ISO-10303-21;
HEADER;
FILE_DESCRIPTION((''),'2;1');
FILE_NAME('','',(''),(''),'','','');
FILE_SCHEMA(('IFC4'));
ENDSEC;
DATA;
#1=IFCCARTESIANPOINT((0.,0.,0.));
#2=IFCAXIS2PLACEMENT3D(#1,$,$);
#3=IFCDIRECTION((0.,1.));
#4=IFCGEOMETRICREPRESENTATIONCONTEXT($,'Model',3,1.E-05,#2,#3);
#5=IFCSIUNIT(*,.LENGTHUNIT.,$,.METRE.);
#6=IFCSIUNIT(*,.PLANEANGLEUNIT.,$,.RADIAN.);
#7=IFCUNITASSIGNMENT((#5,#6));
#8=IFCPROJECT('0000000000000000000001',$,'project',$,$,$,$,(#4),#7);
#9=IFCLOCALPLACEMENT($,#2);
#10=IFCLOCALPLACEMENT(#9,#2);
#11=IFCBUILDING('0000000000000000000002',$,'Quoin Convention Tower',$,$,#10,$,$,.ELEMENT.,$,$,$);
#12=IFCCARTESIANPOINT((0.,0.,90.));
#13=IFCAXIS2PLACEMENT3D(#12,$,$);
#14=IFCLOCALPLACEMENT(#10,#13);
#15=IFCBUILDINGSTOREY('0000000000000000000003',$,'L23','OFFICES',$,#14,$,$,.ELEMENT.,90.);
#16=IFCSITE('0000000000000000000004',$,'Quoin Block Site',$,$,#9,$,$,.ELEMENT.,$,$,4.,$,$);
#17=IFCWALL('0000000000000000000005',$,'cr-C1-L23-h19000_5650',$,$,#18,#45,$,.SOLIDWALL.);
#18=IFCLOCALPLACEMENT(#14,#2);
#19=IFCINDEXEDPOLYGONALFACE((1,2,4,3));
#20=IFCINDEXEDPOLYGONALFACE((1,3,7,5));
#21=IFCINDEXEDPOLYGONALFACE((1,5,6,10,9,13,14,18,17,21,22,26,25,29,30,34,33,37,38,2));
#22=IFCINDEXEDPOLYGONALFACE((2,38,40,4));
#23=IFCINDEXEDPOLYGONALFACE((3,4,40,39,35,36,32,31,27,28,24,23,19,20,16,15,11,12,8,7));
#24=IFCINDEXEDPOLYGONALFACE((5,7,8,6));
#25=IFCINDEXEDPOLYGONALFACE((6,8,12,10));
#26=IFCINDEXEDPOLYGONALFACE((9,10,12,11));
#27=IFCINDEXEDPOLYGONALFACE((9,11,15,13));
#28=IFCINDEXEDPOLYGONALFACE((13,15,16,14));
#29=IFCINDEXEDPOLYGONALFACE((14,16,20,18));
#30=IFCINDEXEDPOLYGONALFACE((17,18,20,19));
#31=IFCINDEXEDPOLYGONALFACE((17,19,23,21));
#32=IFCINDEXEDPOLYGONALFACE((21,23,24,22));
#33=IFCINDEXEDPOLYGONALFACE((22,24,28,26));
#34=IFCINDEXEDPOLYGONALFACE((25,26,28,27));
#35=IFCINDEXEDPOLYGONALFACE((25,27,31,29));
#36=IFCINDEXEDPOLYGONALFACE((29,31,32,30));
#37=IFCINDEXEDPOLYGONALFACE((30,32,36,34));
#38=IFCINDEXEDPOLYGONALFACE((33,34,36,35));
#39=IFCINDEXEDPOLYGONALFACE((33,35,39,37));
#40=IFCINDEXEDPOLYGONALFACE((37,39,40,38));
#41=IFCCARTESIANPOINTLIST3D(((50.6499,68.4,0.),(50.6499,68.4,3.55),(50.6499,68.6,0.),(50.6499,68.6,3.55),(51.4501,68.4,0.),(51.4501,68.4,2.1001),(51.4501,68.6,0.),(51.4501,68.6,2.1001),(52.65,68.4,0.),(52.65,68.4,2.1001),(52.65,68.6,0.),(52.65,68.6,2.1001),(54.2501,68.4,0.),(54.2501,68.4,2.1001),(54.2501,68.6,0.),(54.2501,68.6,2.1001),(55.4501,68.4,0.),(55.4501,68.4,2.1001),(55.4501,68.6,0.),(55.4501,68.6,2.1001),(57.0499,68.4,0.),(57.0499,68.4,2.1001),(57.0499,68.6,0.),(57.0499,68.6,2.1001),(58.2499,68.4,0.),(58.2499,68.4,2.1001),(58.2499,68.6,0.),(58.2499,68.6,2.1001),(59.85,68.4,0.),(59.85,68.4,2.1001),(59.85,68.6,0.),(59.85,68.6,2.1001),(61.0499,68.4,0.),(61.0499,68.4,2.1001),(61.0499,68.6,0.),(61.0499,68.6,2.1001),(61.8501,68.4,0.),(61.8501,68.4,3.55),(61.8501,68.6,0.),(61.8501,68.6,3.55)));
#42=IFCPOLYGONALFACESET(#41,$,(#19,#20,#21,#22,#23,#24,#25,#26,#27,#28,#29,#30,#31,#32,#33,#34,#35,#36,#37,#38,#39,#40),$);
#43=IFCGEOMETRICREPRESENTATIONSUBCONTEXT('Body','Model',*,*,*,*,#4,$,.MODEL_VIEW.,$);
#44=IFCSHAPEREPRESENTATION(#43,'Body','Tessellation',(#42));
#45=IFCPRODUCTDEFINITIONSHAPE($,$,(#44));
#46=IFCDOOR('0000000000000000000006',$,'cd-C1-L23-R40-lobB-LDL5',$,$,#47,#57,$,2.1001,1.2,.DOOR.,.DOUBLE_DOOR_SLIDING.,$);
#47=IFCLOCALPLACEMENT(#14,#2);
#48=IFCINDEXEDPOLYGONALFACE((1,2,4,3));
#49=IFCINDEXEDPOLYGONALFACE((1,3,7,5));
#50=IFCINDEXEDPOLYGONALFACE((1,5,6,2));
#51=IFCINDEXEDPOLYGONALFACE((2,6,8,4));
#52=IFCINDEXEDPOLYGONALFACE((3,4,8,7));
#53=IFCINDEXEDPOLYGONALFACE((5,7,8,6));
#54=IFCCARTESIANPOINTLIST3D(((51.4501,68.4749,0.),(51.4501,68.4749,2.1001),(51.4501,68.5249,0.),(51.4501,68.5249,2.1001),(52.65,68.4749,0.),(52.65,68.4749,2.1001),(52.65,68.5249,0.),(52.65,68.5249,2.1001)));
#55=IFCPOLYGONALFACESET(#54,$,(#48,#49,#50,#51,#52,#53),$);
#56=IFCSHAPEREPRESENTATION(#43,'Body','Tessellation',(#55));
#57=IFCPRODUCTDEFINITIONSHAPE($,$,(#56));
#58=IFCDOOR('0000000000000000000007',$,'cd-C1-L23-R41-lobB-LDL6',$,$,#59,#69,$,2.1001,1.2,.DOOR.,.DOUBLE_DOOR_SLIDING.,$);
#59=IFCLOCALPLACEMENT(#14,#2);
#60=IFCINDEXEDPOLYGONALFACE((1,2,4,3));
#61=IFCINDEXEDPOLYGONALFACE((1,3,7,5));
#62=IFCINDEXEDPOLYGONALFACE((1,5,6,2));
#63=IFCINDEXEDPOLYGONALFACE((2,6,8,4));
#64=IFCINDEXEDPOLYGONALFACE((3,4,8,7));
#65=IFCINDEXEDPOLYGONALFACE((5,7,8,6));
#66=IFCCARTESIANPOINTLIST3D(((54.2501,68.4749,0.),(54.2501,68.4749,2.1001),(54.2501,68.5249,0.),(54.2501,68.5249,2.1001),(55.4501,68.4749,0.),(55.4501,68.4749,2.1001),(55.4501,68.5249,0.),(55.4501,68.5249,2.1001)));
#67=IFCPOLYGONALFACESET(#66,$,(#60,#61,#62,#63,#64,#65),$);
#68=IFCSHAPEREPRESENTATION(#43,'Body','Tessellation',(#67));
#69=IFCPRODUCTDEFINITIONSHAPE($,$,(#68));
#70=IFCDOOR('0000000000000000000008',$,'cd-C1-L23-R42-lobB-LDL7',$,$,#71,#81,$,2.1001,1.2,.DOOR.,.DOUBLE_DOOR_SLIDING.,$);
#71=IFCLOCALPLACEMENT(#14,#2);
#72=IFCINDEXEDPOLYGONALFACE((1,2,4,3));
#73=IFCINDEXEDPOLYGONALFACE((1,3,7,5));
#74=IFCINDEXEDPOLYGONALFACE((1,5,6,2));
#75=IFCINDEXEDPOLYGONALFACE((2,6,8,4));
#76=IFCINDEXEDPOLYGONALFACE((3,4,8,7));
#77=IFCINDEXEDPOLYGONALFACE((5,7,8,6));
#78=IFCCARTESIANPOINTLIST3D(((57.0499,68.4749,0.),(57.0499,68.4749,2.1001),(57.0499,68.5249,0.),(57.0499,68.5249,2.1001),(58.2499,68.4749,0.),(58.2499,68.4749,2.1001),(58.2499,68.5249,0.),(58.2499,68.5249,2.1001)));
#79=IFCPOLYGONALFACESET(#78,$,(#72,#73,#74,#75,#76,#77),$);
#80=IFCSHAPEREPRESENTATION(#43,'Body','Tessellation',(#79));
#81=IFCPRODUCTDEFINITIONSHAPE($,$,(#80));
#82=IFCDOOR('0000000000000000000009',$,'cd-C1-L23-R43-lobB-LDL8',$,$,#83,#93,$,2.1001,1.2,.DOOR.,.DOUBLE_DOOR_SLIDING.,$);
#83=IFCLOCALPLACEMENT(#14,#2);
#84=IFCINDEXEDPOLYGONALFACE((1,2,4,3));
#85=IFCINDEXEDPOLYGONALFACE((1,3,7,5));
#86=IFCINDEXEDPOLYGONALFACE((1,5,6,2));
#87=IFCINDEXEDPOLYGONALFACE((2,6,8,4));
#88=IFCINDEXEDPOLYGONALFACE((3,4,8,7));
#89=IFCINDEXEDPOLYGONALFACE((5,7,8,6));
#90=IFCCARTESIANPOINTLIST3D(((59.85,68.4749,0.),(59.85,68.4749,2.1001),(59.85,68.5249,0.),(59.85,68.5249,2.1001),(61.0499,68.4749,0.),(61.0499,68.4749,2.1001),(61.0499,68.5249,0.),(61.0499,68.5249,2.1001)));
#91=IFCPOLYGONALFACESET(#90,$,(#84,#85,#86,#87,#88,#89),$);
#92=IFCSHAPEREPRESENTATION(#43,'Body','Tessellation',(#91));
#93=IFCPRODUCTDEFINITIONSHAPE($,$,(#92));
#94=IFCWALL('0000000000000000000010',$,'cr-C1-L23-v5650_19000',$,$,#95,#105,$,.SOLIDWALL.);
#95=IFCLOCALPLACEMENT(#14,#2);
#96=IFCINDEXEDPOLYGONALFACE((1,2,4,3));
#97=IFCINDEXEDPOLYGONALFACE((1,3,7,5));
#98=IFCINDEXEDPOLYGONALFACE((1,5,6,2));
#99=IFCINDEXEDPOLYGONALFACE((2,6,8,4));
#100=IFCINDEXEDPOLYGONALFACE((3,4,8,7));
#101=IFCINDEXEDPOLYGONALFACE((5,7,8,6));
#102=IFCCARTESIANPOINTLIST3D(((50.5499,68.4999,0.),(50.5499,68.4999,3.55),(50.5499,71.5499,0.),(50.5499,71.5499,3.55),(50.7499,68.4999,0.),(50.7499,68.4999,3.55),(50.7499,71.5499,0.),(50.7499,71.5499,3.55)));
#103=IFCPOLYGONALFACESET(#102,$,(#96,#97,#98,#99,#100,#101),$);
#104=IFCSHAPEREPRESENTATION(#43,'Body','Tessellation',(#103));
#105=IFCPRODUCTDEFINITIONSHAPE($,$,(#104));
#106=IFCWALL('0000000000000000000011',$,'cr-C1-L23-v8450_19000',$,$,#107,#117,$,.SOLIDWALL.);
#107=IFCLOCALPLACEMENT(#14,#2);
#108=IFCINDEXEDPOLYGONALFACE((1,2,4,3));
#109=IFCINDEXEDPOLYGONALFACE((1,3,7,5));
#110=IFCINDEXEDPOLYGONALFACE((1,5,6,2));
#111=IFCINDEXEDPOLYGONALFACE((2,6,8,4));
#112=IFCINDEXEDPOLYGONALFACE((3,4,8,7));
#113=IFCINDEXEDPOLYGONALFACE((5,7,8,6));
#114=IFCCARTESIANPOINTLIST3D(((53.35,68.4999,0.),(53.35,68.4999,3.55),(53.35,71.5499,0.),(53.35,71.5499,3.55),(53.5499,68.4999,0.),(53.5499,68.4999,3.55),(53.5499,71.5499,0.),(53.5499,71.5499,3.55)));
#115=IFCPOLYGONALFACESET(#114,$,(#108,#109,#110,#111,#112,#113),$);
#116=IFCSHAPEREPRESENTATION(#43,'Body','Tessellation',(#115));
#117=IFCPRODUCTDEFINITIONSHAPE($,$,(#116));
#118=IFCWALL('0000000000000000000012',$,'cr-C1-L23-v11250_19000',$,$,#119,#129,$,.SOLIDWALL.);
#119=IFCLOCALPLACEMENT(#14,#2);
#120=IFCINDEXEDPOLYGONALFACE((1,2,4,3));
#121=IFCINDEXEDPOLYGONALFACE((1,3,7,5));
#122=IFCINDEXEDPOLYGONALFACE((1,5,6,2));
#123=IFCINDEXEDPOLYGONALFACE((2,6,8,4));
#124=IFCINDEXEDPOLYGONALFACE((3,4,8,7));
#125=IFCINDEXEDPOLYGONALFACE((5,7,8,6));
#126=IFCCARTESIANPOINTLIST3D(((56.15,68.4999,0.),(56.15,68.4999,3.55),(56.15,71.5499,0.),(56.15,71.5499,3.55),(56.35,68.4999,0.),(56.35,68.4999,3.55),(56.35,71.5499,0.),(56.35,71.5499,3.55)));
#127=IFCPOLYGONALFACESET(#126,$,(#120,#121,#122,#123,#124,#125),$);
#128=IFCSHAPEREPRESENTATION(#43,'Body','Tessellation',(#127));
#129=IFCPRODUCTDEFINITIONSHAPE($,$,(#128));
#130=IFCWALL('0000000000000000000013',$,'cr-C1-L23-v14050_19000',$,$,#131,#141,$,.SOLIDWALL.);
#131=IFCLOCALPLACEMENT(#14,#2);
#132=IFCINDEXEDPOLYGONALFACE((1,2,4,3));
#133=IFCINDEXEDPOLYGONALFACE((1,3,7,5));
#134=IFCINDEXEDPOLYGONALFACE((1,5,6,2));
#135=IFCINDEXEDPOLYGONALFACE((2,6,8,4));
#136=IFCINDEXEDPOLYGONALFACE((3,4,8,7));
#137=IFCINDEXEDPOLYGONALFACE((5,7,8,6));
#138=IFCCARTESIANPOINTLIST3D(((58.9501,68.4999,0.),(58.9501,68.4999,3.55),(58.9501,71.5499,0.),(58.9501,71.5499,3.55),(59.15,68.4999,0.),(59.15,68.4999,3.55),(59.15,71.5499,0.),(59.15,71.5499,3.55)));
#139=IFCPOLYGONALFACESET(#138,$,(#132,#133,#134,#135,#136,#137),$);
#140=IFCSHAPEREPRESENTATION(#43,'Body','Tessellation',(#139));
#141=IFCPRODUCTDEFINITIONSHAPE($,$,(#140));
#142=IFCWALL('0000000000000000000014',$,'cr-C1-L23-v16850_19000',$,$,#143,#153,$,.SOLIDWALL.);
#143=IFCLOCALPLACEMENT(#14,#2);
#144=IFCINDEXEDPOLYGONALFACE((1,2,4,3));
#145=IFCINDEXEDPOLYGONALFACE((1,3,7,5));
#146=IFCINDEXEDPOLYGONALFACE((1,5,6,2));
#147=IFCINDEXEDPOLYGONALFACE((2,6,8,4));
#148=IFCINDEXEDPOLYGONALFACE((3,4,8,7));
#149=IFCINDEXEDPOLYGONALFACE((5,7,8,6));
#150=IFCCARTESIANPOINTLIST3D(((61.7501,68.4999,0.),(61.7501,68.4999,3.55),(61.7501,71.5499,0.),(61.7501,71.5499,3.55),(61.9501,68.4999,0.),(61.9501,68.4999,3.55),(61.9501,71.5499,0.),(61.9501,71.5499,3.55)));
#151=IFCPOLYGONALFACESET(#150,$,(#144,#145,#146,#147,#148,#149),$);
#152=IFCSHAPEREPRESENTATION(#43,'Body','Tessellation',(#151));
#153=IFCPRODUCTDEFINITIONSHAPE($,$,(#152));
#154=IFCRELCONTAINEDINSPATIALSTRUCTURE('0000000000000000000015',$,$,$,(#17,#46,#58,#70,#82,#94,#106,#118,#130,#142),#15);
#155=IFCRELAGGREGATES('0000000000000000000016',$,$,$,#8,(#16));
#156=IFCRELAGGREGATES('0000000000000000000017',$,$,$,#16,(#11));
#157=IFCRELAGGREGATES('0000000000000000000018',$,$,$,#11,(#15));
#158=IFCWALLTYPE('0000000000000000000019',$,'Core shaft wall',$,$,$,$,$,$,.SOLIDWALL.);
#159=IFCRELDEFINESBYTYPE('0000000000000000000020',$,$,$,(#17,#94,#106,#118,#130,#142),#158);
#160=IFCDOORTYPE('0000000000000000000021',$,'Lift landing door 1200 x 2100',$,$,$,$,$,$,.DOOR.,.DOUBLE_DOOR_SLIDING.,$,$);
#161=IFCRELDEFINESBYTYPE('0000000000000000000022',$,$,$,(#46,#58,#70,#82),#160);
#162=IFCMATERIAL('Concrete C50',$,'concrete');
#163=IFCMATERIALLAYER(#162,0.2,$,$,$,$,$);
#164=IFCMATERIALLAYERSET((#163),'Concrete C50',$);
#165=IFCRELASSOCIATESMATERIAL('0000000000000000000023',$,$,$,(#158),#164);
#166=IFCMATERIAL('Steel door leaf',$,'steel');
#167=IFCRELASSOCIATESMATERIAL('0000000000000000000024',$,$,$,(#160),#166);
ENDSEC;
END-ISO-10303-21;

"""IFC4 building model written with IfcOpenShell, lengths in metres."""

from ifc_helpers import new_model, si_unit, direction, frame, frame_2d, origin, place, context, subcontext, project, spatial, rectangle, extrude, material, layer, layer_set, type_object, element, fill, save


model = new_model("IFC4")

# Units and contexts
model_context = context("Model", 3, precision=1e-05, world=origin(), true_north=direction((0.0, 1.0)))
body_context = subcontext(model_context, "Body", "Model", "MODEL_VIEW")
ifc_project = project(units=[si_unit("LENGTHUNIT", "METRE"), si_unit("PLANEANGLEUNIT", "RADIAN")], contexts=[model_context])

# Site, building, storey
site_placement = place(None, origin())
site = spatial("IfcSite", under=ifc_project, at=site_placement, Name="Quoin Block Site", CompositionType="ELEMENT", RefElevation=4.0)
building_placement = place(site_placement, origin())
building = spatial("IfcBuilding", under=site, at=building_placement, Name="Quoin Convention Tower", CompositionType="ELEMENT")
storey_placement = place(building_placement, frame((0.0, 0.0, 90.0)))
storey = spatial("IfcBuildingStorey", under=building, at=storey_placement, Name="L23", Description="OFFICES", CompositionType="ELEMENT", Elevation=90.0)

# Shared definitions
ifc_material_1 = material(Name="Steel door leaf", Category="steel")

# Shared definitions
ifc_material_2 = material(Name="Concrete C50", Category="concrete")
ifc_layer_1 = layer(ifc_material_2, 0.2)
ifc_layer_set_1 = layer_set([ifc_layer_1], Name="Concrete C50")
wall_type_1 = type_object("IfcWallType", Name="Core shaft wall", PredefinedType="SOLIDWALL", material=ifc_layer_set_1)

# Wall, openings, doors
wall_1_placement = place(storey_placement, frame((50.6499, 68.5, 0.0), z_axis=(0.0, 0.0, 1.0), x_axis=(1.0, 0.0, 0.0)))
wall_1 = element("IfcWall", 1, at=wall_1_placement, inside=storey, type_object=wall_type_1, Name="cr-C1-L23-h19000_5650", PredefinedType="SOLIDWALL", context=body_context, shape_type="SweptSolid", body=[
    extrude(rectangle(XDim=11.2002, YDim=0.2, at=frame_2d((5.6001, 0.0))), origin(), (0.0, 0.0, 1.0), 3.55),
])
opening_1_placement = place(wall_1_placement, frame((0.8, 0.0, 0.0)))
opening_1 = element("IfcOpeningElement", 2, at=opening_1_placement, cuts=wall_1, PredefinedType="OPENING", context=body_context, shape_type="SweptSolid", body=[
    extrude(rectangle(XDim=1.2, YDim=2.1001, at=frame_2d((0.6001, 1.05))), frame((0.0, 0.1099, 0.0), z_axis=(0.0, -1.0, 0.0), x_axis=(1.0, 0.0, 0.0)), (0.0, 0.0, 1.0), 0.22),
])
opening_2_placement = place(wall_1_placement, frame((3.6001, 0.0, 0.0)))
opening_2 = element("IfcOpeningElement", 3, at=opening_2_placement, cuts=wall_1, PredefinedType="OPENING", context=body_context, shape_type="SweptSolid", body=[
    extrude(rectangle(XDim=1.2, YDim=2.1001, at=frame_2d((0.6001, 1.05))), frame((0.0, 0.1099, 0.0), z_axis=(0.0, -1.0, 0.0), x_axis=(1.0, 0.0, 0.0)), (0.0, 0.0, 1.0), 0.22),
])
opening_3_placement = place(wall_1_placement, frame((6.3999, 0.0, 0.0)))
opening_3 = element("IfcOpeningElement", 4, at=opening_3_placement, cuts=wall_1, PredefinedType="OPENING", context=body_context, shape_type="SweptSolid", body=[
    extrude(rectangle(XDim=1.2, YDim=2.1001, at=frame_2d((0.6001, 1.05))), frame((0.0, 0.1099, 0.0), z_axis=(0.0, -1.0, 0.0), x_axis=(1.0, 0.0, 0.0)), (0.0, 0.0, 1.0), 0.22),
])
opening_4_placement = place(wall_1_placement, frame((9.2, 0.0, 0.0)))
opening_4 = element("IfcOpeningElement", 5, at=opening_4_placement, cuts=wall_1, PredefinedType="OPENING", context=body_context, shape_type="SweptSolid", body=[
    extrude(rectangle(XDim=1.2, YDim=2.1001, at=frame_2d((0.6001, 1.05))), frame((0.0, 0.1099, 0.0), z_axis=(0.0, -1.0, 0.0), x_axis=(1.0, 0.0, 0.0)), (0.0, 0.0, 1.0), 0.22),
])
door_type_1 = type_object("IfcDoorType", Name="Lift landing door 1200 x 2100", OperationType="DOUBLE_DOOR_SLIDING", PredefinedType="DOOR", material=ifc_material_1)
door_1_placement = place(opening_1_placement, origin())
door_1 = element("IfcDoor", 6, at=door_1_placement, inside=storey, type_object=door_type_1, Name="cd-C1-L23-R40-lobB-LDL5", OperationType="DOUBLE_DOOR_SLIDING", OverallHeight=2.1001, OverallWidth=1.2, PredefinedType="DOOR", context=body_context, shape_type="SweptSolid", body=[
    extrude(rectangle(XDim=1.2, YDim=2.1001, at=frame_2d((0.6001, 1.05))), frame((0.0, 0.0249, 0.0), z_axis=(0.0, -1.0, 0.0), x_axis=(1.0, 0.0, 0.0)), (0.0, 0.0, 1.0), 0.05),
])
fill(opening_1, door_1)
door_2_placement = place(opening_2_placement, origin())
door_2 = element("IfcDoor", 7, at=door_2_placement, inside=storey, type_object=door_type_1, Name="cd-C1-L23-R41-lobB-LDL6", OperationType="DOUBLE_DOOR_SLIDING", OverallHeight=2.1001, OverallWidth=1.2, PredefinedType="DOOR", context=body_context, shape_type="SweptSolid", body=[
    extrude(rectangle(XDim=1.2, YDim=2.1001, at=frame_2d((0.6001, 1.05))), frame((0.0, 0.0249, 0.0), z_axis=(0.0, -1.0, 0.0), x_axis=(1.0, 0.0, 0.0)), (0.0, 0.0, 1.0), 0.05),
])
fill(opening_2, door_2)
door_3_placement = place(opening_3_placement, origin())
door_3 = element("IfcDoor", 8, at=door_3_placement, inside=storey, type_object=door_type_1, Name="cd-C1-L23-R42-lobB-LDL7", OperationType="DOUBLE_DOOR_SLIDING", OverallHeight=2.1001, OverallWidth=1.2, PredefinedType="DOOR", context=body_context, shape_type="SweptSolid", body=[
    extrude(rectangle(XDim=1.2, YDim=2.1001, at=frame_2d((0.6001, 1.05))), frame((0.0, 0.0249, 0.0), z_axis=(0.0, -1.0, 0.0), x_axis=(1.0, 0.0, 0.0)), (0.0, 0.0, 1.0), 0.05),
])
fill(opening_3, door_3)
door_4_placement = place(opening_4_placement, origin())
door_4 = element("IfcDoor", 9, at=door_4_placement, inside=storey, type_object=door_type_1, Name="cd-C1-L23-R43-lobB-LDL8", OperationType="DOUBLE_DOOR_SLIDING", OverallHeight=2.1001, OverallWidth=1.2, PredefinedType="DOOR", context=body_context, shape_type="SweptSolid", body=[
    extrude(rectangle(XDim=1.2, YDim=2.1001, at=frame_2d((0.6001, 1.05))), frame((0.0, 0.0249, 0.0), z_axis=(0.0, -1.0, 0.0), x_axis=(1.0, 0.0, 0.0)), (0.0, 0.0, 1.0), 0.05),
])
fill(opening_4, door_4)

# Walls
for number, where, z_axis, x_axis, name in (
    (10, (50.6499, 68.5, 0.0), (0.0, 0.0, 1.0), (0.0, 1.0, 0.0), "cr-C1-L23-v5650_19000"),
    (11, (53.45, 68.5, 0.0), (0.0, 0.0, 1.0), (0.0, 1.0, 0.0), "cr-C1-L23-v8450_19000"),
    (12, (56.25, 68.5, 0.0), (0.0, 0.0, 1.0), (0.0, 1.0, 0.0), "cr-C1-L23-v11250_19000"),
    (13, (59.05, 68.5, 0.0), (0.0, 0.0, 1.0), (0.0, 1.0, 0.0), "cr-C1-L23-v14050_19000"),
    (14, (61.8501, 68.5, 0.0), (0.0, 0.0, 1.0), (0.0, 1.0, 0.0), "cr-C1-L23-v16850_19000"),
):
    element("IfcWall", number, at=place(storey_placement, frame(where, z_axis=z_axis, x_axis=x_axis)), inside=storey, type_object=wall_type_1, Name=name, PredefinedType="SOLIDWALL", context=body_context, shape_type="SweptSolid", body=[
        extrude(rectangle(XDim=3.05, YDim=0.2, at=frame_2d((1.5249, 0.0))), origin(), (0.0, 0.0, 1.0), 3.55),
    ])

save(model, "model.ifc")
